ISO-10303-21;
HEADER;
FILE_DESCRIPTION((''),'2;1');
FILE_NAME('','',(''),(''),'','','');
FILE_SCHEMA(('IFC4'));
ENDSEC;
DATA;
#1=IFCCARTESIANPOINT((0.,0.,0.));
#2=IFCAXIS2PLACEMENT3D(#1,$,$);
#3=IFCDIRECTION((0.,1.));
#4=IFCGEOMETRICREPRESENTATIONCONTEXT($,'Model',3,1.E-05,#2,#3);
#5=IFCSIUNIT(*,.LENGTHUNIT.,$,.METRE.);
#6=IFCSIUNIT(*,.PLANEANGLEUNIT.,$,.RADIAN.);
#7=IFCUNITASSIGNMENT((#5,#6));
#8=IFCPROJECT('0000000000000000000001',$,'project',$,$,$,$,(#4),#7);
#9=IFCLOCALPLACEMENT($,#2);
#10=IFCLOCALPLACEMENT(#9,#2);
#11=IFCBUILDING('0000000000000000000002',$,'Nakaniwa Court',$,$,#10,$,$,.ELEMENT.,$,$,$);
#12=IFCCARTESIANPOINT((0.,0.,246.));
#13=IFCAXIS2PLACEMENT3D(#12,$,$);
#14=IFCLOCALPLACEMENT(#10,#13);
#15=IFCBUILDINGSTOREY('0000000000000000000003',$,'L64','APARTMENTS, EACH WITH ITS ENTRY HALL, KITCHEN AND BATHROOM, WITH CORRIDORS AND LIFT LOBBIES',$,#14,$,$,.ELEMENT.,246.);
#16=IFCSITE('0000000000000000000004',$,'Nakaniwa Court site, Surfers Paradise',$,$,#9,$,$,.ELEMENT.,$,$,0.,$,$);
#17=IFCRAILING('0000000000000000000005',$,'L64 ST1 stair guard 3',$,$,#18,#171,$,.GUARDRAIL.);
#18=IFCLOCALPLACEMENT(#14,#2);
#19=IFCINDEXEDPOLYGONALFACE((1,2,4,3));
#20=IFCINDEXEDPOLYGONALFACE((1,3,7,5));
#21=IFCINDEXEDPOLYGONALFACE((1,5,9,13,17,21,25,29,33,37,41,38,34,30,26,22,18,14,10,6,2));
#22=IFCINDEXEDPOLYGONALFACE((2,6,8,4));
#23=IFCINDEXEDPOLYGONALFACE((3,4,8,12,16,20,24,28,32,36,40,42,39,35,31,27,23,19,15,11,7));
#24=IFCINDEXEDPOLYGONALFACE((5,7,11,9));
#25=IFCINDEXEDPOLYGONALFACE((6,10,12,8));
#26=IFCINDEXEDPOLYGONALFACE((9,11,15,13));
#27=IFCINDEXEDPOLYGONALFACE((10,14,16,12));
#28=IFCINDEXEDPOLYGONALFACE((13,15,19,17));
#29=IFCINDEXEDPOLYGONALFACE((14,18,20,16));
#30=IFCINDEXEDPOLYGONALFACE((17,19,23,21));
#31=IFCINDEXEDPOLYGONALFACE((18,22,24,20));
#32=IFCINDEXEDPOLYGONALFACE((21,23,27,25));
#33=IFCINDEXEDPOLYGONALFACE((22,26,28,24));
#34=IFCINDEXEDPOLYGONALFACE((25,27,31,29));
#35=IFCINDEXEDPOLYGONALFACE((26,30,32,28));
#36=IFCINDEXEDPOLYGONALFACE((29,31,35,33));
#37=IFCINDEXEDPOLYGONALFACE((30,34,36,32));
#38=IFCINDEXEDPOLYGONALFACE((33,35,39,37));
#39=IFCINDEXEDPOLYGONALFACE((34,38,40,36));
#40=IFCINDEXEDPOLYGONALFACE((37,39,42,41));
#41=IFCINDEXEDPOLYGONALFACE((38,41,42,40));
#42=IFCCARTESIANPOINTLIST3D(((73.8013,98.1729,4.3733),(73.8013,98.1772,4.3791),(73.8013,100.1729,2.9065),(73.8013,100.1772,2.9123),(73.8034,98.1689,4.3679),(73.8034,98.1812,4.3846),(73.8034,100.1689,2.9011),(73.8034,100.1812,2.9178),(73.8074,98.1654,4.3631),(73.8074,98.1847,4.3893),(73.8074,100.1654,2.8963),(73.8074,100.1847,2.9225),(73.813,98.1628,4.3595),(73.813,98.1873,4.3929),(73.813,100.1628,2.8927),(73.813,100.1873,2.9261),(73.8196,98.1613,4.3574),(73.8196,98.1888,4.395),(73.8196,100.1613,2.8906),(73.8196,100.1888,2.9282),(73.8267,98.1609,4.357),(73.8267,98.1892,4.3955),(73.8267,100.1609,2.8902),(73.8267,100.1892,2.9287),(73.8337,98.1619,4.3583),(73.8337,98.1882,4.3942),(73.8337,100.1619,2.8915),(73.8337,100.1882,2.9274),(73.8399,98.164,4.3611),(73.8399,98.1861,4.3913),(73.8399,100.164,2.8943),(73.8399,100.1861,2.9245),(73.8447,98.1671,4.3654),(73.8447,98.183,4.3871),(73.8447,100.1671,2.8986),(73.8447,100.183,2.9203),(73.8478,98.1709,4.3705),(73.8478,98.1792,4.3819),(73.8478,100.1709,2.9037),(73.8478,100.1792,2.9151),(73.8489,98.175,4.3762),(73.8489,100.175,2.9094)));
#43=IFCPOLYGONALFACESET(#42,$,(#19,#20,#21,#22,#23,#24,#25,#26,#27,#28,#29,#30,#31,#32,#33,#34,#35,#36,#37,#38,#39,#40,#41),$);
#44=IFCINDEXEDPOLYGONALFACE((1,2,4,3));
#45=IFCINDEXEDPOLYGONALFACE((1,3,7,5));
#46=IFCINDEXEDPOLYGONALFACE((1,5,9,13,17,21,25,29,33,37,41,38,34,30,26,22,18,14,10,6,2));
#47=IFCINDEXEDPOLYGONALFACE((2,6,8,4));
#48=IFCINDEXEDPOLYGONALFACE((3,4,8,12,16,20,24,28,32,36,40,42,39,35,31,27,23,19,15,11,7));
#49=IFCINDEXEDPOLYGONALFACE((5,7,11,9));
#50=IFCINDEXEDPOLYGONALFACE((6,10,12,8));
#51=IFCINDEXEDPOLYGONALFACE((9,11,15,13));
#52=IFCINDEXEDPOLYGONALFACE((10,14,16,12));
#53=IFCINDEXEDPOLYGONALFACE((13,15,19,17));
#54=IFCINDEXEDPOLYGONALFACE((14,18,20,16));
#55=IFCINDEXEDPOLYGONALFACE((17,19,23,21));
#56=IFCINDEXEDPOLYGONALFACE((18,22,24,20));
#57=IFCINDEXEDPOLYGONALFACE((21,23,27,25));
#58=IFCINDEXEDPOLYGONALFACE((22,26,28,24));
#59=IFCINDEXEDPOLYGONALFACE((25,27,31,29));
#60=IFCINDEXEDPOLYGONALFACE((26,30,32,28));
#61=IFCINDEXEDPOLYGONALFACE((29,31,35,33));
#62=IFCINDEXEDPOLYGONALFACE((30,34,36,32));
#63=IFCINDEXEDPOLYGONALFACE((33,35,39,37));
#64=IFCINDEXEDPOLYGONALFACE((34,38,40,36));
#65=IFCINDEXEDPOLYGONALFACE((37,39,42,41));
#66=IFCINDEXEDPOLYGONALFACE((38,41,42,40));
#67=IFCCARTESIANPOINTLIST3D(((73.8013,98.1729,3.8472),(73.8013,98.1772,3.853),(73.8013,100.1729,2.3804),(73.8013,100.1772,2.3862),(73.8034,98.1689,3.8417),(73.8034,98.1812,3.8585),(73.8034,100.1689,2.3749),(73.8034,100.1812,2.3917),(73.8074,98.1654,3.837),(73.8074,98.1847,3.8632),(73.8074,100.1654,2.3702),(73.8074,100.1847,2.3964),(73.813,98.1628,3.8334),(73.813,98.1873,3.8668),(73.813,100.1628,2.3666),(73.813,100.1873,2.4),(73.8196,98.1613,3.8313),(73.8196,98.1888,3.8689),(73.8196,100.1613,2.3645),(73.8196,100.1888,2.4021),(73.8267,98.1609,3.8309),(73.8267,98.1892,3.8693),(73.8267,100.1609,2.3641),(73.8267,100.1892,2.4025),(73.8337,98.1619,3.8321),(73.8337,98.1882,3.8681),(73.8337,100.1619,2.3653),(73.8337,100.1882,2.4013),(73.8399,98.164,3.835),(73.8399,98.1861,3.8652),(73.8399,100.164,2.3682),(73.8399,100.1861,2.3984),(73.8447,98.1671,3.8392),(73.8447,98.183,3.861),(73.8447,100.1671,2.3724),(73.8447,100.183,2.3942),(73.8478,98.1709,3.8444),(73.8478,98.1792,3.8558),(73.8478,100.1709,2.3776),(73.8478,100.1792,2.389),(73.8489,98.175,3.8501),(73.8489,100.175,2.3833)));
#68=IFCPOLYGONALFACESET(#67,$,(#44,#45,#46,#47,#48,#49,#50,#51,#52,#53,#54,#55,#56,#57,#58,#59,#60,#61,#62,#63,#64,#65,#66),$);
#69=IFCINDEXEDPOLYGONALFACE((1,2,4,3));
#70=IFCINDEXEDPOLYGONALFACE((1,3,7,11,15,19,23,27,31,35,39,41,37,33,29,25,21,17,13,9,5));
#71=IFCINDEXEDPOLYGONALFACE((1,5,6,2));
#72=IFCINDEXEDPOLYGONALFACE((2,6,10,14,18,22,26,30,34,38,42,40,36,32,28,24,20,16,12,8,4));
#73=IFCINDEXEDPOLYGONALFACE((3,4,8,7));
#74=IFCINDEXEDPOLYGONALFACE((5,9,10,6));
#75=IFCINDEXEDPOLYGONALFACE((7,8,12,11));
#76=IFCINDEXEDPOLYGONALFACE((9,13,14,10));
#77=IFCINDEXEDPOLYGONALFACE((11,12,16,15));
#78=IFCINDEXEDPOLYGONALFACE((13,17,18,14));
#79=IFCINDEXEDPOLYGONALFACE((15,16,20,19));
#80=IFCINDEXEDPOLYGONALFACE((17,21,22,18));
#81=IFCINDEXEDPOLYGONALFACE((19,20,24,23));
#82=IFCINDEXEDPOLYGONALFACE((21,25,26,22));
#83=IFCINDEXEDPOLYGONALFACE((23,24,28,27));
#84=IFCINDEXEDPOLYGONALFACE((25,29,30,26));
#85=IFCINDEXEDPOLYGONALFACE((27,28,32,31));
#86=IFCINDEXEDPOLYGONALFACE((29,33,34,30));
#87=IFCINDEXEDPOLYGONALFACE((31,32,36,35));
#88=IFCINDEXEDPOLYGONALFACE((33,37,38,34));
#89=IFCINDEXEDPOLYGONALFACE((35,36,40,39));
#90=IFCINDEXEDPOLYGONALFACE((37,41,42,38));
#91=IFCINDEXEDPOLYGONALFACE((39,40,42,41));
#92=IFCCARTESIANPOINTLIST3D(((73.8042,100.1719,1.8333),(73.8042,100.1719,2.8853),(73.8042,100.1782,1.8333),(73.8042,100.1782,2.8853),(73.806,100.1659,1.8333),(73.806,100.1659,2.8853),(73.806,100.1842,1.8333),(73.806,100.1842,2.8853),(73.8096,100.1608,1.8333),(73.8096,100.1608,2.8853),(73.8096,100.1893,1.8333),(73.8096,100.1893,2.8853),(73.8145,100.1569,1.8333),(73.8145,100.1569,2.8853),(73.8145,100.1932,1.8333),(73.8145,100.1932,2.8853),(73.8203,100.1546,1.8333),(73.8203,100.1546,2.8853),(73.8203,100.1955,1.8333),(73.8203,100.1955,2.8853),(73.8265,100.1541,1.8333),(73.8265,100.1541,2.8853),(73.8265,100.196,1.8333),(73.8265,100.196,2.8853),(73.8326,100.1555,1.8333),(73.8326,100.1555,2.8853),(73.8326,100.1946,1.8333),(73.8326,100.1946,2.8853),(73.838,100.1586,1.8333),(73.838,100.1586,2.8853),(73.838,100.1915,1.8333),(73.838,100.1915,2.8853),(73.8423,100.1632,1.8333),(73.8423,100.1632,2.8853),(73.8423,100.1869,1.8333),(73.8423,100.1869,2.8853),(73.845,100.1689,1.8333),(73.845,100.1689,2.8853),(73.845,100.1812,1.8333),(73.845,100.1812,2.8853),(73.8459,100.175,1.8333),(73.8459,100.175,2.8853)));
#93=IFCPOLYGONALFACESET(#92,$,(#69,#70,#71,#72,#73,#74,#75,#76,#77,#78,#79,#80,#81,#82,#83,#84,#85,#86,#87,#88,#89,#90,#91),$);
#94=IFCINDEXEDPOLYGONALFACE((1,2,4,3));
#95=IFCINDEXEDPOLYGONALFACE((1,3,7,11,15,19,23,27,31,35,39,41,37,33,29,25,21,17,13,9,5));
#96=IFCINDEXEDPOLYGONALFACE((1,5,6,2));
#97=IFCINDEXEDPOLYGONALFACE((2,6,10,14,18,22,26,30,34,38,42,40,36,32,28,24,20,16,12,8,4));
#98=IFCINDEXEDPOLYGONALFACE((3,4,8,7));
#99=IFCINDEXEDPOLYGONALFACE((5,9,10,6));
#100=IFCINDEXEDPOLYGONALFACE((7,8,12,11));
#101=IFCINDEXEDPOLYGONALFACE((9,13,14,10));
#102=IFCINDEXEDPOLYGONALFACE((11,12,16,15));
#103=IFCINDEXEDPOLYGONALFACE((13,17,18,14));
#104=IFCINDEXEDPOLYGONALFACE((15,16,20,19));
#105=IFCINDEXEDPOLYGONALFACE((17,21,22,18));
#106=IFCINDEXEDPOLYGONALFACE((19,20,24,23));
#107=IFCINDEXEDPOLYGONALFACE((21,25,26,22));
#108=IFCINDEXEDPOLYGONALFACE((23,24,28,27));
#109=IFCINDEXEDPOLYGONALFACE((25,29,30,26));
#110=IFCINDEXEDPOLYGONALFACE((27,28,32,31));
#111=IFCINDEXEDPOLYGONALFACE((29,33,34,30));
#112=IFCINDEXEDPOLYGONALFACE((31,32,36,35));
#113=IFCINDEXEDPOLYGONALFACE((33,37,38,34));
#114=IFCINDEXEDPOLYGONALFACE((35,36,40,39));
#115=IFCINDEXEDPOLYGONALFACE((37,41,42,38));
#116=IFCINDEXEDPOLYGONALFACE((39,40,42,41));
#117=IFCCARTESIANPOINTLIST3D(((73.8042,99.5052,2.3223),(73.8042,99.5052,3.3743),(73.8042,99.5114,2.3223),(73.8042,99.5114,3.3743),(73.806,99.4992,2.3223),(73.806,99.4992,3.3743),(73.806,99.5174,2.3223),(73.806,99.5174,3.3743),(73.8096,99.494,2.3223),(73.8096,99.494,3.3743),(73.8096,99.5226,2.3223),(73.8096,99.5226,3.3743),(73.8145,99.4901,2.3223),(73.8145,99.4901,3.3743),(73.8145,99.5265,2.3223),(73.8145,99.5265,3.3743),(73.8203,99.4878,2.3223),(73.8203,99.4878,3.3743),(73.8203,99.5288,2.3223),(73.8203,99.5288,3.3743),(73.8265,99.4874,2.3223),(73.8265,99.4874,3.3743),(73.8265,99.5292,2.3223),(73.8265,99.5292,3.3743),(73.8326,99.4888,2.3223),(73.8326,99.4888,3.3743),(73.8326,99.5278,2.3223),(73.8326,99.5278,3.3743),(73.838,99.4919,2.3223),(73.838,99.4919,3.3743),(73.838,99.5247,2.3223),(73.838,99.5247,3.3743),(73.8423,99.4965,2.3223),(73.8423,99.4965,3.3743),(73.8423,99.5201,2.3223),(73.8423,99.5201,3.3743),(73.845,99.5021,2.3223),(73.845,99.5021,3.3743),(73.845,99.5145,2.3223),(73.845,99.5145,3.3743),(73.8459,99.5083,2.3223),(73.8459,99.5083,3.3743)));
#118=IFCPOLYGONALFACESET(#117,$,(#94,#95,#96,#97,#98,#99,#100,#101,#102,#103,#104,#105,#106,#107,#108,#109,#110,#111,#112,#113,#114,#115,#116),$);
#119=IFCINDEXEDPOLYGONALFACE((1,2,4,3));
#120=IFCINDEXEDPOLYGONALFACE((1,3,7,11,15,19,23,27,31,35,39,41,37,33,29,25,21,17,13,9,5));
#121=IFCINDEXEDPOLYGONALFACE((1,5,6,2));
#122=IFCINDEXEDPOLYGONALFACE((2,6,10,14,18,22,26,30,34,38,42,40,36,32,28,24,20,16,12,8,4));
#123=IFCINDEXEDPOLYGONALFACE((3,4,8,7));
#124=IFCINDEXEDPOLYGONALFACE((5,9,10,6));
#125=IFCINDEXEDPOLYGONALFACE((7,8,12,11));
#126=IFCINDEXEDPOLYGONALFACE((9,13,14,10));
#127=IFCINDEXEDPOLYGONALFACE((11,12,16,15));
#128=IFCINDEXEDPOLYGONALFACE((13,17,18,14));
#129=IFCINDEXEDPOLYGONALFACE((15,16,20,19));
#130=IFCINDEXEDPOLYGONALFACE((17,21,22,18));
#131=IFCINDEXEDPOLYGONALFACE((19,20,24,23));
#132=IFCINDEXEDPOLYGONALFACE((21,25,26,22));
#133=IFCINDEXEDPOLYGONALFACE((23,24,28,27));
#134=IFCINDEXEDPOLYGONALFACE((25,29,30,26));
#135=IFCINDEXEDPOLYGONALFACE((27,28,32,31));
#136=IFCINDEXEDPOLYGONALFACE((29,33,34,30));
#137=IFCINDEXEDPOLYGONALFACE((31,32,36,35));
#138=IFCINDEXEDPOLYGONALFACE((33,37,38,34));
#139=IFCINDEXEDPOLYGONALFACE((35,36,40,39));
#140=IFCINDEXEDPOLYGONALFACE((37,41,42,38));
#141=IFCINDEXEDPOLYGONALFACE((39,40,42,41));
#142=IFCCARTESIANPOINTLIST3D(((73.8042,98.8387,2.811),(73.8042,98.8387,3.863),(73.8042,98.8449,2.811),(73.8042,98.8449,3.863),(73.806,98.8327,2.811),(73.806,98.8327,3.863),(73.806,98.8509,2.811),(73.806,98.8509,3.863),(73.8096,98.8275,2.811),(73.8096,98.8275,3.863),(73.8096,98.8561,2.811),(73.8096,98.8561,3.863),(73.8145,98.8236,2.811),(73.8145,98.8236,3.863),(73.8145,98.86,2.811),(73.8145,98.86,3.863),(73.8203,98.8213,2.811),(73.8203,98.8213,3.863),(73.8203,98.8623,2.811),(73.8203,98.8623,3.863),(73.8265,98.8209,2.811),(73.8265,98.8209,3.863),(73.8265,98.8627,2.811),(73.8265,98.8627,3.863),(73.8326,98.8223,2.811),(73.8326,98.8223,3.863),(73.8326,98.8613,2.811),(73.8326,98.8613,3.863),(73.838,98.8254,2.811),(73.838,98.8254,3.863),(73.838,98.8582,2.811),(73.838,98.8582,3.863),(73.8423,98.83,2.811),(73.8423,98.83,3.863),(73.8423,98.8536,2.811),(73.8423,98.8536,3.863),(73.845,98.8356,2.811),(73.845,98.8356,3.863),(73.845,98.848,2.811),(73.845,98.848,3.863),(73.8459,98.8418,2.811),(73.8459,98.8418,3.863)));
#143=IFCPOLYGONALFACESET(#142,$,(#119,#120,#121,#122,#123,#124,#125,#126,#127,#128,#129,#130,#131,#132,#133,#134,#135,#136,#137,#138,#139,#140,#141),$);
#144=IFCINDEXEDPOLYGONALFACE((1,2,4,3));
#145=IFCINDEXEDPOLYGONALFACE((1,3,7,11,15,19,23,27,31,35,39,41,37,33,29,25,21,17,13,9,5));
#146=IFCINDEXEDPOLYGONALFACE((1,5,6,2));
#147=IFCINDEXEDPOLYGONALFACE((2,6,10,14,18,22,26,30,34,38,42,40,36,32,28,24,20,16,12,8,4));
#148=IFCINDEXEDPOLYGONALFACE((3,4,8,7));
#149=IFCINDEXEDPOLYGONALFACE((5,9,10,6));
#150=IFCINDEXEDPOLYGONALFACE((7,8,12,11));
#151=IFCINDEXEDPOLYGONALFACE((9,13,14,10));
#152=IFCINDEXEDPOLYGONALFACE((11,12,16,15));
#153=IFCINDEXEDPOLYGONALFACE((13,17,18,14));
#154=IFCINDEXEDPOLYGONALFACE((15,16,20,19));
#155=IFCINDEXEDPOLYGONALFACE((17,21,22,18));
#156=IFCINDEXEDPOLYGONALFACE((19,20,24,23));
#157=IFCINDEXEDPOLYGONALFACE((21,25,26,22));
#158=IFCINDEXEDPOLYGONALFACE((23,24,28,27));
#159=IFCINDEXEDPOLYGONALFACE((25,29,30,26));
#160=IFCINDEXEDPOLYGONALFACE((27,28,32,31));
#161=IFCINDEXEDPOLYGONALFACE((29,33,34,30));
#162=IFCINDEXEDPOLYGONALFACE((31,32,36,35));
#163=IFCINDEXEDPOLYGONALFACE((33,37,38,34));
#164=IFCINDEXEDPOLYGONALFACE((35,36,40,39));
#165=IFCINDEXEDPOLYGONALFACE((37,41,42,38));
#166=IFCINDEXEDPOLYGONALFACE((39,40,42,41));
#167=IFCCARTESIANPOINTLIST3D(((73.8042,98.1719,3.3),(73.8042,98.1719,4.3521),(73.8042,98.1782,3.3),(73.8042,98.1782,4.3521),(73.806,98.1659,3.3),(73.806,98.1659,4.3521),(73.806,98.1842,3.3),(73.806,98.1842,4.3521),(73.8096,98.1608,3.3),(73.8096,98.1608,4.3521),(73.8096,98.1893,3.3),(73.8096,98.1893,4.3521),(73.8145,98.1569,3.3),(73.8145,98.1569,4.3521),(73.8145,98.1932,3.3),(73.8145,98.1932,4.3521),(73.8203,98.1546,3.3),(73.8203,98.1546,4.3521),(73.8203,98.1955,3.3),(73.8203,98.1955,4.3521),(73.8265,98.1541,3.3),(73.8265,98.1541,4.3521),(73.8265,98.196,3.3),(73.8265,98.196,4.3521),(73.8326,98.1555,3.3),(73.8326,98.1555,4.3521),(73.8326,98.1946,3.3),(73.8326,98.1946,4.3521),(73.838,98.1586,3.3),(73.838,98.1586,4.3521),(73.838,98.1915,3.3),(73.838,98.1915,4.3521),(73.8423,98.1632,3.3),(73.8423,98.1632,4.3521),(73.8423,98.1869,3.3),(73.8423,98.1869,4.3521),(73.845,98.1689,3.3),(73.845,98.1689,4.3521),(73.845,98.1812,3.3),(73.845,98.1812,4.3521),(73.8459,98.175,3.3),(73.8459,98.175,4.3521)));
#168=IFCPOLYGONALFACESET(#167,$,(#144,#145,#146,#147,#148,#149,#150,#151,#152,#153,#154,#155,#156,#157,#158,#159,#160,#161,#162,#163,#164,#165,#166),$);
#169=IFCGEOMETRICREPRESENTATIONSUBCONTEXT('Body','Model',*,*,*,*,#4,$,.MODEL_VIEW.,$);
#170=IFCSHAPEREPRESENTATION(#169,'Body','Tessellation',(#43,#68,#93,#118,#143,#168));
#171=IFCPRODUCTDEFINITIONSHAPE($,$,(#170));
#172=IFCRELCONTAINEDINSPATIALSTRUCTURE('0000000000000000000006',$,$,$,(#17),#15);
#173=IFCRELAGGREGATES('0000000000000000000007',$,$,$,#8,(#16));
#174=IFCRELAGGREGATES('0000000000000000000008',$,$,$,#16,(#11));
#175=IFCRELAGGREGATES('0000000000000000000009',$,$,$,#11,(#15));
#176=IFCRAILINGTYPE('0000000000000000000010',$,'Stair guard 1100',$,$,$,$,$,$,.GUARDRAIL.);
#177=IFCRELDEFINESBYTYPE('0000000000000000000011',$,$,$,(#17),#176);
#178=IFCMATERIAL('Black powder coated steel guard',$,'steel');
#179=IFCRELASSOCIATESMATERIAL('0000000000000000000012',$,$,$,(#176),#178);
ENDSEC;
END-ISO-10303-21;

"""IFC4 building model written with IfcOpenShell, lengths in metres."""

from ifc_helpers import new_model, si_unit, direction, frame, origin, origin_2d, place, context, subcontext, project, spatial, circle, extrude, material, type_object, element, save


model = new_model("IFC4")

# Units and contexts
model_context = context("Model", 3, precision=1e-05, world=origin(), true_north=direction((0.0, 1.0)))
body_context = subcontext(model_context, "Body", "Model", "MODEL_VIEW")
ifc_project = project(units=[si_unit("LENGTHUNIT", "METRE"), si_unit("PLANEANGLEUNIT", "RADIAN")], contexts=[model_context])

# Site, building, storey
site_placement = place(None, origin())
site = spatial("IfcSite", under=ifc_project, at=site_placement, Name="Nakaniwa Court site, Surfers Paradise", CompositionType="ELEMENT", RefElevation=0.0)
building_placement = place(site_placement, origin())
building = spatial("IfcBuilding", under=site, at=building_placement, Name="Nakaniwa Court", CompositionType="ELEMENT")
storey_placement = place(building_placement, frame((0.0, 0.0, 246.0)))
storey = spatial("IfcBuildingStorey", under=building, at=storey_placement, Name="L64", Description="APARTMENTS, EACH WITH ITS ENTRY HALL, KITCHEN AND BATHROOM, WITH CORRIDORS AND LIFT LOBBIES", CompositionType="ELEMENT", Elevation=246.0)

# Railing
ifc_material_1 = material(Name="Black powder coated steel guard", Category="steel")
railing_type_1 = type_object("IfcRailingType", Name="Stair guard 1100", PredefinedType="GUARDRAIL", material=ifc_material_1)
railing_1_placement = place(storey_placement, frame((73.825, 100.175, 1.8333)))
element("IfcRailing", 1, at=railing_1_placement, inside=storey, type_object=railing_type_1, Name="L64 ST1 stair guard 3", PredefinedType="GUARDRAIL", context=body_context, shape_type="SweptSolid", body=[
    extrude(circle(Radius=0.0239, at=origin_2d()), frame((0.0, 0.0, 1.0762), z_axis=(0.0, -0.80638, 0.591398), x_axis=(1.0, 0.0, 0.0)), (0.0, 0.0, 1.0), 2.4802),
    extrude(circle(Radius=0.0239, at=origin_2d()), frame((0.0, 0.0, 0.55), z_axis=(0.0, -0.80638, 0.591398), x_axis=(1.0, 0.0, 0.0)), (0.0, 0.0, 1.0), 2.4802),
    extrude(circle(Radius=0.021, at=origin_2d()), origin(), (0.0, 0.0, 1.0), 1.052),
    extrude(circle(Radius=0.021, at=origin_2d()), frame((0.0, -0.6667, 0.489)), (0.0, 0.0, 1.0), 1.052),
    extrude(circle(Radius=0.021, at=origin_2d()), frame((0.0, -1.3333, 0.9778)), (0.0, 0.0, 1.0), 1.052),
    extrude(circle(Radius=0.021, at=origin_2d()), frame((0.0, -2.0, 1.4668)), (0.0, 0.0, 1.0), 1.052),
])

save(model, "model.ifc")
